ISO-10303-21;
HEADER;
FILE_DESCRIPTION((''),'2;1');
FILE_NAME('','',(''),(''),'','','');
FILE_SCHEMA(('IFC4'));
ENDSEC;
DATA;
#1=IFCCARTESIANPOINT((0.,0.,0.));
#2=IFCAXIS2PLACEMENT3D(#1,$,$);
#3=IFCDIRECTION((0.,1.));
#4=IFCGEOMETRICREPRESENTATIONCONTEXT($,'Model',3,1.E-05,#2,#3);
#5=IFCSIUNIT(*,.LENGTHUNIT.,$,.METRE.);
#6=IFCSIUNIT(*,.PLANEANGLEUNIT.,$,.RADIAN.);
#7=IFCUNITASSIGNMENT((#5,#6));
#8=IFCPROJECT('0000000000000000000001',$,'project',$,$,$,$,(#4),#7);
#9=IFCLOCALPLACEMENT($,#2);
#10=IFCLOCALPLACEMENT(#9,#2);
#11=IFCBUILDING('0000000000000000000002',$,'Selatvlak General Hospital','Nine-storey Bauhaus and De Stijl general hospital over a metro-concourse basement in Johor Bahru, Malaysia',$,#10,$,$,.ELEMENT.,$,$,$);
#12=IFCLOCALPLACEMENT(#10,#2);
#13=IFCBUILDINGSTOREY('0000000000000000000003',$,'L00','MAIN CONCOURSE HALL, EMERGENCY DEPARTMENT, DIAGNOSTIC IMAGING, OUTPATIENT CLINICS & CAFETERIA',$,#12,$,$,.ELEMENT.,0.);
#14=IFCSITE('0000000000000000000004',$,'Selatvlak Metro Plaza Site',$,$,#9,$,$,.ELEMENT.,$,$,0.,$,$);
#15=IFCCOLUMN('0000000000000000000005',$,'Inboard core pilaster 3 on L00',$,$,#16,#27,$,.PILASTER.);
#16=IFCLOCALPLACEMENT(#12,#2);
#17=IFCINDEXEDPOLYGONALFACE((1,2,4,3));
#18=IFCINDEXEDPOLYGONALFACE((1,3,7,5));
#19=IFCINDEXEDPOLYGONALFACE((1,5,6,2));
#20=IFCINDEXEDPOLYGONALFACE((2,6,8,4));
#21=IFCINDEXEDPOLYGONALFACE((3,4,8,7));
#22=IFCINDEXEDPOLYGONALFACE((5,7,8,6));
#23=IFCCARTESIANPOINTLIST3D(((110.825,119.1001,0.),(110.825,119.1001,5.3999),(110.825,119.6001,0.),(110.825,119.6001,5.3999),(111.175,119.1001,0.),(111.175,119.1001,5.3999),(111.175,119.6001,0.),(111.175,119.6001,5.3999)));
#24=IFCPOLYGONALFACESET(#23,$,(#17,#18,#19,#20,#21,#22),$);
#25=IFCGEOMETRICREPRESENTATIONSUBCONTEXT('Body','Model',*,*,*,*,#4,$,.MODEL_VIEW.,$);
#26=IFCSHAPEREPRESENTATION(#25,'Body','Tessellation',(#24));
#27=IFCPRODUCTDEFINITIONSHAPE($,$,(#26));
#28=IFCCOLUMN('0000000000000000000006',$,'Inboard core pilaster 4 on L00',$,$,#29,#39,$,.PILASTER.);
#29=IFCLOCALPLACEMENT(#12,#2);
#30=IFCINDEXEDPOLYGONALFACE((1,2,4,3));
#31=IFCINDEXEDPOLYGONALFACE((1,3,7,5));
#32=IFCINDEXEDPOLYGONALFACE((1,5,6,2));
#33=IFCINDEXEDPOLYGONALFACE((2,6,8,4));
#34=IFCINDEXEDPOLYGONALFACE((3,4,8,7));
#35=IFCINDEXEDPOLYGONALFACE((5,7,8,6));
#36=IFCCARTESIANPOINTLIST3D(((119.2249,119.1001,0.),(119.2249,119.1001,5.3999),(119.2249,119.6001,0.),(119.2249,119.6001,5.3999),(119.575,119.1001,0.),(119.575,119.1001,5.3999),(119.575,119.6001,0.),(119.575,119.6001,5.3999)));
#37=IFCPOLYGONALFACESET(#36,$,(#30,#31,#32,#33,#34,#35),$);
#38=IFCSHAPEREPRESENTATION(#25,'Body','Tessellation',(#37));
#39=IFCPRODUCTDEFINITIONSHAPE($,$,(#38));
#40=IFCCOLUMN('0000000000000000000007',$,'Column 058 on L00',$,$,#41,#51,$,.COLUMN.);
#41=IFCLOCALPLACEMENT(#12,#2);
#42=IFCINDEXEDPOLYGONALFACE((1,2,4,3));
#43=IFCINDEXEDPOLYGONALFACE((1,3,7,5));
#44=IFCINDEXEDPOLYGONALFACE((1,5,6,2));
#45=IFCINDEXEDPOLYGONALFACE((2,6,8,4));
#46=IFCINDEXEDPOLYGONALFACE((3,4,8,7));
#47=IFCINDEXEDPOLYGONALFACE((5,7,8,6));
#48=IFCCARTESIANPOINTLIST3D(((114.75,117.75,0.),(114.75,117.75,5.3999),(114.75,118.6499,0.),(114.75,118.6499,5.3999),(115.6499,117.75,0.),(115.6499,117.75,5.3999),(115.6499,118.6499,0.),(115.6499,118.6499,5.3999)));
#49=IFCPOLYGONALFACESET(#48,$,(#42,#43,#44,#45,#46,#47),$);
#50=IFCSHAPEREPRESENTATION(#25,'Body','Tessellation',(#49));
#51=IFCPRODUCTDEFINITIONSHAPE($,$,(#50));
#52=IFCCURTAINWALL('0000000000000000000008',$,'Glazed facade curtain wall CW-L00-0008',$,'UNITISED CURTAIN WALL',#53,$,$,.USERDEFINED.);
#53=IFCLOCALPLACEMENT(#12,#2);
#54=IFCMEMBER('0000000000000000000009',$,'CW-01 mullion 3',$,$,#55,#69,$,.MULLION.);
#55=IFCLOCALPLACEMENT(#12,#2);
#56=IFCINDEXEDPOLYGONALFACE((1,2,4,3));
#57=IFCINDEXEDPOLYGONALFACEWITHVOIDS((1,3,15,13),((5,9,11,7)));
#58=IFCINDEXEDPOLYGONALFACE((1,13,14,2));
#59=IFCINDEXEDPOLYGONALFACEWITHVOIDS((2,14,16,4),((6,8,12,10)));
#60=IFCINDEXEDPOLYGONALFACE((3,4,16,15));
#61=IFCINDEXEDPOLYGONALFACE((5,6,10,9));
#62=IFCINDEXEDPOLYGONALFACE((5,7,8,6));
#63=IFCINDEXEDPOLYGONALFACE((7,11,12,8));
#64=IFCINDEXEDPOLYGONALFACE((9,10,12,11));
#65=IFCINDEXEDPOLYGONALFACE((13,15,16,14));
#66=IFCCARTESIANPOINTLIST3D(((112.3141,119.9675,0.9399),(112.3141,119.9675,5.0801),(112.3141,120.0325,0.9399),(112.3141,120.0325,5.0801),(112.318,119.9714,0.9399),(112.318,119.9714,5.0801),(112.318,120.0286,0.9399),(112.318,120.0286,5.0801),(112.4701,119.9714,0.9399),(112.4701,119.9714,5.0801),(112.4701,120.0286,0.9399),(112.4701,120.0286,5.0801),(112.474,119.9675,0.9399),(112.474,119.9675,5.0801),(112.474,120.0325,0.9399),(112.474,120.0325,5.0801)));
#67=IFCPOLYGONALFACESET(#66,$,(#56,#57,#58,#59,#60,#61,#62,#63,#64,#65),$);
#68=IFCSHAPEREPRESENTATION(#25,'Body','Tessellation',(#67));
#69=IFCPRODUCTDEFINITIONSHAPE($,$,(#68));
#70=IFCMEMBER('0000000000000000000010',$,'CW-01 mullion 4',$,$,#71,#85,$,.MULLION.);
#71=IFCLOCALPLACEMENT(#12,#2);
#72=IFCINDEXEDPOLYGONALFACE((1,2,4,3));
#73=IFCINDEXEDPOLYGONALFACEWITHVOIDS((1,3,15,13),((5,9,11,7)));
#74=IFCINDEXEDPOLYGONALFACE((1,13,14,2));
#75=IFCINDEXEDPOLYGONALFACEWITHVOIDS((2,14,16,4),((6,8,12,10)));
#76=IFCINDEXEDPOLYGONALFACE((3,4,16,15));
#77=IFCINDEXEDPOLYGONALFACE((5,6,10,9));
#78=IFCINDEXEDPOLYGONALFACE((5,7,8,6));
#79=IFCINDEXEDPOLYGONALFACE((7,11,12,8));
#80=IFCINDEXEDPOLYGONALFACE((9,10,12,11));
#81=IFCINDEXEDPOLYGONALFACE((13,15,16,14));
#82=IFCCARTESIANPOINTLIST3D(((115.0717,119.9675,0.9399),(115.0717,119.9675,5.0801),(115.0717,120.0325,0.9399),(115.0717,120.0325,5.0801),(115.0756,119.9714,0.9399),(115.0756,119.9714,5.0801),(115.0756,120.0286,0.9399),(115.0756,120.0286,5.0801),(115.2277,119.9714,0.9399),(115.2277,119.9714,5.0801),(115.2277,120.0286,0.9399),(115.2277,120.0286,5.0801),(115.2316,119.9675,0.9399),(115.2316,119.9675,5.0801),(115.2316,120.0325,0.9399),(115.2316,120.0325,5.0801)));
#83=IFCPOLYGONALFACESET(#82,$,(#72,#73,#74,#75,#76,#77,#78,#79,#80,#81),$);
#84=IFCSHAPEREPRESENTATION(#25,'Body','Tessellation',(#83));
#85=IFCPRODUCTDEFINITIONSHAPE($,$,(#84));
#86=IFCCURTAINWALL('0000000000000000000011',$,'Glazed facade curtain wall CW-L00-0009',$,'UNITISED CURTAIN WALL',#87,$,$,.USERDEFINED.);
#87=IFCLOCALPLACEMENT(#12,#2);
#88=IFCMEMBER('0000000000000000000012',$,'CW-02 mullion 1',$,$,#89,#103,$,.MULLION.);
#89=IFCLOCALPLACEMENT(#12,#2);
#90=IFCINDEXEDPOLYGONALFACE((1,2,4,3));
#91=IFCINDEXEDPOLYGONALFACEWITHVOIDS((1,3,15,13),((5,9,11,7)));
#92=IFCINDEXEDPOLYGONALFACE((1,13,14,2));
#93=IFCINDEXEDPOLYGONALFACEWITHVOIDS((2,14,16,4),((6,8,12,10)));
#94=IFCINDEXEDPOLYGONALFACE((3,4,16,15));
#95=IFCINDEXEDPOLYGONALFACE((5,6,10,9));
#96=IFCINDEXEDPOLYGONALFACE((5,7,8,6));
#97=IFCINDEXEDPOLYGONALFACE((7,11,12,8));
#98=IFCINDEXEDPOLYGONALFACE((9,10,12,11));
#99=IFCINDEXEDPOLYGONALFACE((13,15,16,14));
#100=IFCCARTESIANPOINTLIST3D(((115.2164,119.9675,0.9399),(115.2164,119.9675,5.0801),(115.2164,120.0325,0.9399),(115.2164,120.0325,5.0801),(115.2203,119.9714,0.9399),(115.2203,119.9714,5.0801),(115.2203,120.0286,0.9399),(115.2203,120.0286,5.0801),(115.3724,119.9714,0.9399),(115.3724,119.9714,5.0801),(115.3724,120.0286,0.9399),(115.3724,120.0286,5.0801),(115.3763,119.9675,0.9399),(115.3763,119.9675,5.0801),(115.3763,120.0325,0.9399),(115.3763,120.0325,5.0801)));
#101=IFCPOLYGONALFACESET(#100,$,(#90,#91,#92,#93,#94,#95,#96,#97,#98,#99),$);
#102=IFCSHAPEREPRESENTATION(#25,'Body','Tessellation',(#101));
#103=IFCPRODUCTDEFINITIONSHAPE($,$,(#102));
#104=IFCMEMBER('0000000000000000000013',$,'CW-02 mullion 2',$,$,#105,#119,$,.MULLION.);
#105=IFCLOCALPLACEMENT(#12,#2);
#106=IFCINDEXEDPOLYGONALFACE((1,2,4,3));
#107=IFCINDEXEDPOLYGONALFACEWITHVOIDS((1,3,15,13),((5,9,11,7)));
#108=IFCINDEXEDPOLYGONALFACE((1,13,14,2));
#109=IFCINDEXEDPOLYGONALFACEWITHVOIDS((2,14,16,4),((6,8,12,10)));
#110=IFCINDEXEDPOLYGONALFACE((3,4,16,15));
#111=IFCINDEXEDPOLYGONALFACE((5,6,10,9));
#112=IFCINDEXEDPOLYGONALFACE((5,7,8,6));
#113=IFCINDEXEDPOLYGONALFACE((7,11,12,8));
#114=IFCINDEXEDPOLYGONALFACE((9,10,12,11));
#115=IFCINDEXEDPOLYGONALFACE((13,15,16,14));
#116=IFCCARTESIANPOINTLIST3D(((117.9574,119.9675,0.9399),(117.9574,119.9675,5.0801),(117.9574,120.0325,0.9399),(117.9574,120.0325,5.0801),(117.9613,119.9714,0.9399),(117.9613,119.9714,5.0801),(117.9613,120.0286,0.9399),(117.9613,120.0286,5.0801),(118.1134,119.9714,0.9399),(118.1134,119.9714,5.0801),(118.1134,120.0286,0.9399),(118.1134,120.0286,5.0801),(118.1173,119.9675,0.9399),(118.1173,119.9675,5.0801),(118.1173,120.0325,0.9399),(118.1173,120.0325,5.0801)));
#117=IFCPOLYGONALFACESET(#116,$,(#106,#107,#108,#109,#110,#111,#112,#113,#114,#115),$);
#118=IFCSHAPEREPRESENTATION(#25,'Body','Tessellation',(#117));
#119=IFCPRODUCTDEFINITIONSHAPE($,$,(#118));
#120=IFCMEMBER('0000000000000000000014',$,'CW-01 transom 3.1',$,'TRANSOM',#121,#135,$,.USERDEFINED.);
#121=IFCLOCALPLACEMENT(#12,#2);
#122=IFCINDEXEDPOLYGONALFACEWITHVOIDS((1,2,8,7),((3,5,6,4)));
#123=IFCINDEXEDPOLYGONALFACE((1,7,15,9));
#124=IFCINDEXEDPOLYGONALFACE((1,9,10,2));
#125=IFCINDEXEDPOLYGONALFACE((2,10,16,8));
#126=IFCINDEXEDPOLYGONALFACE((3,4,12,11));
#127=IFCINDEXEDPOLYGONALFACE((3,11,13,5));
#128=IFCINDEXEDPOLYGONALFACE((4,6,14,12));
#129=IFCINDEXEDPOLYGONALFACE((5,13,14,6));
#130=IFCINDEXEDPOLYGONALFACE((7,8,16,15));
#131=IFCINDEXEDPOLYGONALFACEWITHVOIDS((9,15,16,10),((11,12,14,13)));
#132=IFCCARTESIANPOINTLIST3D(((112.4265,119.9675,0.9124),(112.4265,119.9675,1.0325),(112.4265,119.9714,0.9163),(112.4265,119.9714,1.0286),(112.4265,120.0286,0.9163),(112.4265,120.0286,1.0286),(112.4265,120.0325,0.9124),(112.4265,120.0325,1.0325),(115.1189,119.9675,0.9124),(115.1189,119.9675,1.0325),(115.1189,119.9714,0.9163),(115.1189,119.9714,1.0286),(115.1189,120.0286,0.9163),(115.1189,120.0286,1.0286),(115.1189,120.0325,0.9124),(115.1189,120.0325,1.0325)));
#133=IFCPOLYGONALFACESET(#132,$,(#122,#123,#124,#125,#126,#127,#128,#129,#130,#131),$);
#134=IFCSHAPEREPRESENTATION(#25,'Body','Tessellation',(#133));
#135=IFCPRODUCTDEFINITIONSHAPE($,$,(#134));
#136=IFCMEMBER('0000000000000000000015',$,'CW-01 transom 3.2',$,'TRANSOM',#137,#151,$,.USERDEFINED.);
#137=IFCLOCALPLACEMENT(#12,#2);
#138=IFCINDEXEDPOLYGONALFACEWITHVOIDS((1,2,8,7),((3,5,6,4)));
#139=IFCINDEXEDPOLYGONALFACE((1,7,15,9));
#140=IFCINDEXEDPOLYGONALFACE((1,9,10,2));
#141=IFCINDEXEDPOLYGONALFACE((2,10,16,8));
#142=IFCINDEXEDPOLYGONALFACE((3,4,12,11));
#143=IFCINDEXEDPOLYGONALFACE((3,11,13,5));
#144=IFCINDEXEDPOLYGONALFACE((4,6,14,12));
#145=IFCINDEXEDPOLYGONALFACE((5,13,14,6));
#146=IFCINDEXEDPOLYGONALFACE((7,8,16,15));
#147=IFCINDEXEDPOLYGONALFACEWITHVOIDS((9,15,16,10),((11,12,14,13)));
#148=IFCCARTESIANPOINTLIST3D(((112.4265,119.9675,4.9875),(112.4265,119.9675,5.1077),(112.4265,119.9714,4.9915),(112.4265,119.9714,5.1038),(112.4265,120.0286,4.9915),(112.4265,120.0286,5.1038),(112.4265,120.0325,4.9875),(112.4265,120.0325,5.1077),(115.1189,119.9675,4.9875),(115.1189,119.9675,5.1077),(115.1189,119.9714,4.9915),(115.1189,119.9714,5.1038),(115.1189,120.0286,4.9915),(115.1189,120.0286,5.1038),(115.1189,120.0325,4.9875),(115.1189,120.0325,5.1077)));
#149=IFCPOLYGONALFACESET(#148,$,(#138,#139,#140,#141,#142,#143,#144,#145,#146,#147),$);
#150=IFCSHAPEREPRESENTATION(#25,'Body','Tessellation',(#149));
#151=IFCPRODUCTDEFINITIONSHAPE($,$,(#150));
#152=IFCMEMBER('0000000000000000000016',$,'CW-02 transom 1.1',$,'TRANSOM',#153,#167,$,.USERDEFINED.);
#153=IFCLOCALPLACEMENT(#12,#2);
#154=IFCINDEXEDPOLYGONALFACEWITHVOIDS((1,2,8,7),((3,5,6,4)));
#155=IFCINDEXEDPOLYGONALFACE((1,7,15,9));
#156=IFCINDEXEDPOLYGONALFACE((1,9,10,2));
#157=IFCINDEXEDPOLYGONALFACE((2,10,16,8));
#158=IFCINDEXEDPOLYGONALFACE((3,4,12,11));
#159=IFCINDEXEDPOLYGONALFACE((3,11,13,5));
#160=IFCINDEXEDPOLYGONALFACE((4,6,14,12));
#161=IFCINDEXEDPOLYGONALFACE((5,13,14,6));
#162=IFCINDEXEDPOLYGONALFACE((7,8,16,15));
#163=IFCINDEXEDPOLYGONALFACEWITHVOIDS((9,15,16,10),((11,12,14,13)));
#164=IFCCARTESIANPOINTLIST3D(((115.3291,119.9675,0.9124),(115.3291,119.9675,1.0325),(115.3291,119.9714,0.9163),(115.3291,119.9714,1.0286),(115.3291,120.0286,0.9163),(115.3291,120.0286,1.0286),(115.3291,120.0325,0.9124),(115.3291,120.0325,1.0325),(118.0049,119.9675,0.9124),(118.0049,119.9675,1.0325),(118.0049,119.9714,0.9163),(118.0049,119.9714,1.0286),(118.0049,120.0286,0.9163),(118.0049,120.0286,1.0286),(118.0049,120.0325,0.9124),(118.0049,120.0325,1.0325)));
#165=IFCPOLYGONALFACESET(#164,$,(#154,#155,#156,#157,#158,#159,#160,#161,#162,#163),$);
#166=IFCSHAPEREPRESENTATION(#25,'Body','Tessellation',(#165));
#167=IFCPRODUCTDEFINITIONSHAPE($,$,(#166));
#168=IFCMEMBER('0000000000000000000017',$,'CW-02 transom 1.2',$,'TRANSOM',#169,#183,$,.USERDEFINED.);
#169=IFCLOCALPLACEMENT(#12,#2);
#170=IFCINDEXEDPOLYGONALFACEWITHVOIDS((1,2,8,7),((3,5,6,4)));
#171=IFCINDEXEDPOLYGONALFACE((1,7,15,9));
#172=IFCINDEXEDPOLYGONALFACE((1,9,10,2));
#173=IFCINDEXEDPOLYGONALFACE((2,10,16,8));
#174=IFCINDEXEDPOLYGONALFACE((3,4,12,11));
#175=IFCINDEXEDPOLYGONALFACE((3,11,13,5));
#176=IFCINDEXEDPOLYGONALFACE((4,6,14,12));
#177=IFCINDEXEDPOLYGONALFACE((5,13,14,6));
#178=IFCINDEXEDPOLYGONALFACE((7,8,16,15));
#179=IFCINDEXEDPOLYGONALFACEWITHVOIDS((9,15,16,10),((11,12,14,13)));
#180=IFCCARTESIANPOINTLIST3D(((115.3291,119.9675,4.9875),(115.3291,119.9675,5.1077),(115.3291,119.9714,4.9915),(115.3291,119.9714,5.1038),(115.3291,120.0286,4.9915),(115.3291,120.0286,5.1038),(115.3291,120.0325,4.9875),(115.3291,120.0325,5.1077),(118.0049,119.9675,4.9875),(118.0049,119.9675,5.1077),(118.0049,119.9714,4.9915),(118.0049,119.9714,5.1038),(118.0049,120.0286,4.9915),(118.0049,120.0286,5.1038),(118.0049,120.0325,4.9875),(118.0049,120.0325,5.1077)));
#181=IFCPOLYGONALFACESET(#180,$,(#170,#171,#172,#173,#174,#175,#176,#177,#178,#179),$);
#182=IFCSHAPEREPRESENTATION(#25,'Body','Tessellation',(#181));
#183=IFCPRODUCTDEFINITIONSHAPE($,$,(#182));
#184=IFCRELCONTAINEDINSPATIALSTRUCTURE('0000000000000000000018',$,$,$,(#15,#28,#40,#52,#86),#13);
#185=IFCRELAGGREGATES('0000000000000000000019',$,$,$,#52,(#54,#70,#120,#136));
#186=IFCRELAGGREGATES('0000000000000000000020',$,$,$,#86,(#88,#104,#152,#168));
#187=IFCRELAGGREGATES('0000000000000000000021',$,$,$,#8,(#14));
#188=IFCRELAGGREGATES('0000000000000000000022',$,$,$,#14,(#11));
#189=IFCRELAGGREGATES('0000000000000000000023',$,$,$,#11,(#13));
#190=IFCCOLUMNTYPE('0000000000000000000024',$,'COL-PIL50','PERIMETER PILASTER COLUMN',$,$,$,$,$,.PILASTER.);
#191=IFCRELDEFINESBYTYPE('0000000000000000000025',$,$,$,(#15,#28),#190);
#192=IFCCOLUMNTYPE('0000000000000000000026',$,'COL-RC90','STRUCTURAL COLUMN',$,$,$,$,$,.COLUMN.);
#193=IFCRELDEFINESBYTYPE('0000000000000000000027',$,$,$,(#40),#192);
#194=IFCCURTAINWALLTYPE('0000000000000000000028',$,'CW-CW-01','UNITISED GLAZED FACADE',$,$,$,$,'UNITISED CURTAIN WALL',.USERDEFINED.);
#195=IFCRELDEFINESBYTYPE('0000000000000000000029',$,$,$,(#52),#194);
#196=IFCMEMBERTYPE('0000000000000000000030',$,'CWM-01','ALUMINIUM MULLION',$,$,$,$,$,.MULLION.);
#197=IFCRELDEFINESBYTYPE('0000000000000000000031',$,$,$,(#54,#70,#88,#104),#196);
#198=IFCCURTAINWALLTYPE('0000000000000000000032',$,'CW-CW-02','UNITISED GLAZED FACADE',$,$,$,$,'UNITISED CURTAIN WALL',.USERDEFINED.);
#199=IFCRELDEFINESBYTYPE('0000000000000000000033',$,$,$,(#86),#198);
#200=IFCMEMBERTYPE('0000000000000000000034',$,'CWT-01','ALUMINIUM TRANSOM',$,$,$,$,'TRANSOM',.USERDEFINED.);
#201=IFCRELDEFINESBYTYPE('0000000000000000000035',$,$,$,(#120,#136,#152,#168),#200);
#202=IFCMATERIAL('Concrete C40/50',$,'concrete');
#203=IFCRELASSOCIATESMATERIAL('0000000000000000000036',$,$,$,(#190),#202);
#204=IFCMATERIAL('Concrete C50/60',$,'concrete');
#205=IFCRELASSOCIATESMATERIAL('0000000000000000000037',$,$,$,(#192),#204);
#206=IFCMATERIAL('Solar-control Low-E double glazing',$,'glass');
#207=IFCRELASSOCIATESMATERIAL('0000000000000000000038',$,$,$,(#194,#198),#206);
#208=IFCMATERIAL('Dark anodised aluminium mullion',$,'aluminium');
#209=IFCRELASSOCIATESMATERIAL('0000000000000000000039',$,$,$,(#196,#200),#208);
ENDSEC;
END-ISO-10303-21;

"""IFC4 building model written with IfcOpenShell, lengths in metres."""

from ifc_helpers import new_model, si_unit, direction, frame, origin, origin_2d, place, context, subcontext, project, spatial, rectangle, hollow_rectangle, extrude, material, material_profile, profile_set, type_object, element, aggregate, save


model = new_model("IFC4")

# Units and contexts
model_context = context("Model", 3, precision=1e-05, world=origin(), true_north=direction((0.0, 1.0)))
body_context = subcontext(model_context, "Body", "Model", "MODEL_VIEW")
ifc_project = project(units=[si_unit("LENGTHUNIT", "METRE"), si_unit("PLANEANGLEUNIT", "RADIAN")], contexts=[model_context])

# Site, building, storey
site_placement = place(None, origin())
site = spatial("IfcSite", under=ifc_project, at=site_placement, Name="Selatvlak Metro Plaza Site", CompositionType="ELEMENT", RefElevation=0.0)
building_placement = place(site_placement, origin())
building = spatial("IfcBuilding", under=site, at=building_placement, Name="Selatvlak General Hospital", Description="Nine-storey Bauhaus and De Stijl general hospital over a metro-concourse basement in Johor Bahru, Malaysia", CompositionType="ELEMENT")
storey_placement = place(building_placement, origin())
storey = spatial("IfcBuildingStorey", under=building, at=storey_placement, Name="L00", Description="MAIN CONCOURSE HALL, EMERGENCY DEPARTMENT, DIAGNOSTIC IMAGING, OUTPATIENT CLINICS & CAFETERIA", CompositionType="ELEMENT", Elevation=0.0)

# Columns
ifc_material_1 = material(Name="Concrete C40/50", Category="concrete")
ifc_material_profile_1 = material_profile(ifc_material_1, rectangle(XDim=0.3501, YDim=0.5, at=origin_2d()), Name="RC-PIL 500x350")
ifc_profile_set_1 = profile_set([ifc_material_profile_1], Name="Concrete C40/50")
column_type_1 = type_object("IfcColumnType", Name="COL-PIL50", Description="PERIMETER PILASTER COLUMN", PredefinedType="PILASTER", material=ifc_profile_set_1)
for number, where, z_axis, x_axis, name in (
    (1, (111.0, 119.3501, 0.0), (0.0, 0.0, 1.0), (1.0, 0.0, 0.0), "Inboard core pilaster 3 on L00"),
    (2, (119.3999, 119.3501, 0.0), (0.0, 0.0, 1.0), (1.0, 0.0, 0.0), "Inboard core pilaster 4 on L00"),
):
    element("IfcColumn", number, at=place(storey_placement, frame(where, z_axis=z_axis, x_axis=x_axis)), inside=storey, type_object=column_type_1, Name=name, PredefinedType="PILASTER", context=body_context, shape_type="SweptSolid", body=[
        extrude(rectangle(XDim=0.3501, YDim=0.5, at=origin_2d()), origin(), (0.0, 0.0, 1.0), 5.3999),
    ])
ifc_material_2 = material(Name="Concrete C50/60", Category="concrete")
ifc_material_profile_2 = material_profile(ifc_material_2, rectangle(XDim=0.8999, YDim=0.8999, at=origin_2d()), Name="RC-COL 900x900")
ifc_profile_set_2 = profile_set([ifc_material_profile_2], Name="Concrete C50/60")
column_type_2 = type_object("IfcColumnType", Name="COL-RC90", Description="STRUCTURAL COLUMN", PredefinedType="COLUMN", material=ifc_profile_set_2)
column_placement = place(storey_placement, frame((115.2, 118.2, 0.0), z_axis=(0.0, 0.0, 1.0), x_axis=(1.0, 0.0, 0.0)))
element("IfcColumn", 3, at=column_placement, inside=storey, type_object=column_type_2, Name="Column 058 on L00", PredefinedType="COLUMN", context=body_context, shape_type="SweptSolid", body=[
    extrude(rectangle(XDim=0.8999, YDim=0.8999, at=origin_2d()), origin(), (0.0, 0.0, 1.0), 5.3999),
])

# Curtain walls, members
ifc_material_3 = material(Name="Solar-control Low-E double glazing", Category="glass")
curtain_wall_type_1 = type_object("IfcCurtainWallType", Name="CW-CW-01", Description="UNITISED GLAZED FACADE", ElementType="UNITISED CURTAIN WALL", PredefinedType="USERDEFINED", material=ifc_material_3)
curtain_wall_1_placement = place(storey_placement, origin())
curtain_wall_1 = element("IfcCurtainWall", 4, at=curtain_wall_1_placement, inside=storey, type_object=curtain_wall_type_1, Name="Glazed facade curtain wall CW-L00-0008", ObjectType="UNITISED CURTAIN WALL", PredefinedType="USERDEFINED")
ifc_material_4 = material(Name="Dark anodised aluminium mullion", Category="aluminium")
ifc_material_profile_3 = material_profile(ifc_material_4, hollow_rectangle(XDim=0.0649, YDim=0.1599, WallThickness=0.0039, at=origin_2d()), Name="AL-MUL 65x160x4")
ifc_profile_set_3 = profile_set([ifc_material_profile_3], Name="Dark anodised aluminium mullion")
member_type_1 = type_object("IfcMemberType", Name="CWM-01", Description="ALUMINIUM MULLION", PredefinedType="MULLION", material=ifc_profile_set_3)
member_1_placement = place(storey_placement, frame((112.394, 120.0, 0.9399), z_axis=(0.0, 0.0, 1.0), x_axis=(0.0, 1.0, 0.0)))
member_1 = element("IfcMember", 5, at=member_1_placement, type_object=member_type_1, Name="CW-01 mullion 3", PredefinedType="MULLION", context=body_context, shape_type="SweptSolid", body=[
    extrude(hollow_rectangle(XDim=0.0649, YDim=0.1599, WallThickness=0.0039, at=origin_2d()), origin(), (0.0, 0.0, 1.0), 4.1401),
])
member_2_placement = place(storey_placement, frame((115.1516, 120.0, 0.9399), z_axis=(0.0, 0.0, 1.0), x_axis=(0.0, 1.0, 0.0)))
member_2 = element("IfcMember", 6, at=member_2_placement, type_object=member_type_1, Name="CW-01 mullion 4", PredefinedType="MULLION", context=body_context, shape_type="SweptSolid", body=[
    extrude(hollow_rectangle(XDim=0.0649, YDim=0.1599, WallThickness=0.0039, at=origin_2d()), origin(), (0.0, 0.0, 1.0), 4.1401),
])
curtain_wall_type_2 = type_object("IfcCurtainWallType", Name="CW-CW-02", Description="UNITISED GLAZED FACADE", ElementType="UNITISED CURTAIN WALL", PredefinedType="USERDEFINED", material=ifc_material_3)
curtain_wall_2_placement = place(storey_placement, origin())
curtain_wall_2 = element("IfcCurtainWall", 7, at=curtain_wall_2_placement, inside=storey, type_object=curtain_wall_type_2, Name="Glazed facade curtain wall CW-L00-0009", ObjectType="UNITISED CURTAIN WALL", PredefinedType="USERDEFINED")
member_3_placement = place(storey_placement, frame((115.2964, 120.0, 0.9399), z_axis=(0.0, 0.0, 1.0), x_axis=(0.0, 1.0, 0.0)))
member_3 = element("IfcMember", 8, at=member_3_placement, type_object=member_type_1, Name="CW-02 mullion 1", PredefinedType="MULLION", context=body_context, shape_type="SweptSolid", body=[
    extrude(hollow_rectangle(XDim=0.0649, YDim=0.1599, WallThickness=0.0039, at=origin_2d()), origin(), (0.0, 0.0, 1.0), 4.1401),
])
member_4_placement = place(storey_placement, frame((118.0374, 120.0, 0.9399), z_axis=(0.0, 0.0, 1.0), x_axis=(0.0, 1.0, 0.0)))
member_4 = element("IfcMember", 9, at=member_4_placement, type_object=member_type_1, Name="CW-02 mullion 2", PredefinedType="MULLION", context=body_context, shape_type="SweptSolid", body=[
    extrude(hollow_rectangle(XDim=0.0649, YDim=0.1599, WallThickness=0.0039, at=origin_2d()), origin(), (0.0, 0.0, 1.0), 4.1401),
])

# Members
ifc_material_profile_4 = material_profile(ifc_material_4, hollow_rectangle(XDim=0.0649, YDim=0.1201, WallThickness=0.0039, at=origin_2d()), Name="AL-TRN 65x120x4")
ifc_profile_set_4 = profile_set([ifc_material_profile_4], Name="Dark anodised aluminium mullion")
member_type_2 = type_object("IfcMemberType", Name="CWT-01", Description="ALUMINIUM TRANSOM", ElementType="TRANSOM", PredefinedType="USERDEFINED", material=ifc_profile_set_4)
member_5_placement = place(storey_placement, frame((112.4265, 120.0, 0.9724), z_axis=(1.0, 0.0, 0.0), x_axis=(0.0, 1.0, 0.0)))
member_5 = element("IfcMember", 10, at=member_5_placement, type_object=member_type_2, Name="CW-01 transom 3.1", ObjectType="TRANSOM", PredefinedType="USERDEFINED", context=body_context, shape_type="SweptSolid", body=[
    extrude(hollow_rectangle(XDim=0.0649, YDim=0.1201, WallThickness=0.0039, at=origin_2d()), origin(), (0.0, 0.0, 1.0), 2.6924),
])
member_6_placement = place(storey_placement, frame((112.4265, 120.0, 5.0476), z_axis=(1.0, 0.0, 0.0), x_axis=(0.0, 1.0, 0.0)))
member_6 = element("IfcMember", 11, at=member_6_placement, type_object=member_type_2, Name="CW-01 transom 3.2", ObjectType="TRANSOM", PredefinedType="USERDEFINED", context=body_context, shape_type="SweptSolid", body=[
    extrude(hollow_rectangle(XDim=0.0649, YDim=0.1201, WallThickness=0.0039, at=origin_2d()), origin(), (0.0, 0.0, 1.0), 2.6924),
])
member_7_placement = place(storey_placement, frame((115.3291, 120.0, 0.9724), z_axis=(1.0, 0.0, 0.0), x_axis=(0.0, 1.0, 0.0)))
member_7 = element("IfcMember", 12, at=member_7_placement, type_object=member_type_2, Name="CW-02 transom 1.1", ObjectType="TRANSOM", PredefinedType="USERDEFINED", context=body_context, shape_type="SweptSolid", body=[
    extrude(hollow_rectangle(XDim=0.0649, YDim=0.1201, WallThickness=0.0039, at=origin_2d()), origin(), (0.0, 0.0, 1.0), 2.6758),
])
member_8_placement = place(storey_placement, frame((115.3291, 120.0, 5.0476), z_axis=(1.0, 0.0, 0.0), x_axis=(0.0, 1.0, 0.0)))
member_8 = element("IfcMember", 13, at=member_8_placement, type_object=member_type_2, Name="CW-02 transom 1.2", ObjectType="TRANSOM", PredefinedType="USERDEFINED", context=body_context, shape_type="SweptSolid", body=[
    extrude(hollow_rectangle(XDim=0.0649, YDim=0.1201, WallThickness=0.0039, at=origin_2d()), origin(), (0.0, 0.0, 1.0), 2.6758),
])

aggregate(curtain_wall_1, [member_1, member_2, member_5, member_6])
aggregate(curtain_wall_2, [member_3, member_4, member_7, member_8])

save(model, "model.ifc")
